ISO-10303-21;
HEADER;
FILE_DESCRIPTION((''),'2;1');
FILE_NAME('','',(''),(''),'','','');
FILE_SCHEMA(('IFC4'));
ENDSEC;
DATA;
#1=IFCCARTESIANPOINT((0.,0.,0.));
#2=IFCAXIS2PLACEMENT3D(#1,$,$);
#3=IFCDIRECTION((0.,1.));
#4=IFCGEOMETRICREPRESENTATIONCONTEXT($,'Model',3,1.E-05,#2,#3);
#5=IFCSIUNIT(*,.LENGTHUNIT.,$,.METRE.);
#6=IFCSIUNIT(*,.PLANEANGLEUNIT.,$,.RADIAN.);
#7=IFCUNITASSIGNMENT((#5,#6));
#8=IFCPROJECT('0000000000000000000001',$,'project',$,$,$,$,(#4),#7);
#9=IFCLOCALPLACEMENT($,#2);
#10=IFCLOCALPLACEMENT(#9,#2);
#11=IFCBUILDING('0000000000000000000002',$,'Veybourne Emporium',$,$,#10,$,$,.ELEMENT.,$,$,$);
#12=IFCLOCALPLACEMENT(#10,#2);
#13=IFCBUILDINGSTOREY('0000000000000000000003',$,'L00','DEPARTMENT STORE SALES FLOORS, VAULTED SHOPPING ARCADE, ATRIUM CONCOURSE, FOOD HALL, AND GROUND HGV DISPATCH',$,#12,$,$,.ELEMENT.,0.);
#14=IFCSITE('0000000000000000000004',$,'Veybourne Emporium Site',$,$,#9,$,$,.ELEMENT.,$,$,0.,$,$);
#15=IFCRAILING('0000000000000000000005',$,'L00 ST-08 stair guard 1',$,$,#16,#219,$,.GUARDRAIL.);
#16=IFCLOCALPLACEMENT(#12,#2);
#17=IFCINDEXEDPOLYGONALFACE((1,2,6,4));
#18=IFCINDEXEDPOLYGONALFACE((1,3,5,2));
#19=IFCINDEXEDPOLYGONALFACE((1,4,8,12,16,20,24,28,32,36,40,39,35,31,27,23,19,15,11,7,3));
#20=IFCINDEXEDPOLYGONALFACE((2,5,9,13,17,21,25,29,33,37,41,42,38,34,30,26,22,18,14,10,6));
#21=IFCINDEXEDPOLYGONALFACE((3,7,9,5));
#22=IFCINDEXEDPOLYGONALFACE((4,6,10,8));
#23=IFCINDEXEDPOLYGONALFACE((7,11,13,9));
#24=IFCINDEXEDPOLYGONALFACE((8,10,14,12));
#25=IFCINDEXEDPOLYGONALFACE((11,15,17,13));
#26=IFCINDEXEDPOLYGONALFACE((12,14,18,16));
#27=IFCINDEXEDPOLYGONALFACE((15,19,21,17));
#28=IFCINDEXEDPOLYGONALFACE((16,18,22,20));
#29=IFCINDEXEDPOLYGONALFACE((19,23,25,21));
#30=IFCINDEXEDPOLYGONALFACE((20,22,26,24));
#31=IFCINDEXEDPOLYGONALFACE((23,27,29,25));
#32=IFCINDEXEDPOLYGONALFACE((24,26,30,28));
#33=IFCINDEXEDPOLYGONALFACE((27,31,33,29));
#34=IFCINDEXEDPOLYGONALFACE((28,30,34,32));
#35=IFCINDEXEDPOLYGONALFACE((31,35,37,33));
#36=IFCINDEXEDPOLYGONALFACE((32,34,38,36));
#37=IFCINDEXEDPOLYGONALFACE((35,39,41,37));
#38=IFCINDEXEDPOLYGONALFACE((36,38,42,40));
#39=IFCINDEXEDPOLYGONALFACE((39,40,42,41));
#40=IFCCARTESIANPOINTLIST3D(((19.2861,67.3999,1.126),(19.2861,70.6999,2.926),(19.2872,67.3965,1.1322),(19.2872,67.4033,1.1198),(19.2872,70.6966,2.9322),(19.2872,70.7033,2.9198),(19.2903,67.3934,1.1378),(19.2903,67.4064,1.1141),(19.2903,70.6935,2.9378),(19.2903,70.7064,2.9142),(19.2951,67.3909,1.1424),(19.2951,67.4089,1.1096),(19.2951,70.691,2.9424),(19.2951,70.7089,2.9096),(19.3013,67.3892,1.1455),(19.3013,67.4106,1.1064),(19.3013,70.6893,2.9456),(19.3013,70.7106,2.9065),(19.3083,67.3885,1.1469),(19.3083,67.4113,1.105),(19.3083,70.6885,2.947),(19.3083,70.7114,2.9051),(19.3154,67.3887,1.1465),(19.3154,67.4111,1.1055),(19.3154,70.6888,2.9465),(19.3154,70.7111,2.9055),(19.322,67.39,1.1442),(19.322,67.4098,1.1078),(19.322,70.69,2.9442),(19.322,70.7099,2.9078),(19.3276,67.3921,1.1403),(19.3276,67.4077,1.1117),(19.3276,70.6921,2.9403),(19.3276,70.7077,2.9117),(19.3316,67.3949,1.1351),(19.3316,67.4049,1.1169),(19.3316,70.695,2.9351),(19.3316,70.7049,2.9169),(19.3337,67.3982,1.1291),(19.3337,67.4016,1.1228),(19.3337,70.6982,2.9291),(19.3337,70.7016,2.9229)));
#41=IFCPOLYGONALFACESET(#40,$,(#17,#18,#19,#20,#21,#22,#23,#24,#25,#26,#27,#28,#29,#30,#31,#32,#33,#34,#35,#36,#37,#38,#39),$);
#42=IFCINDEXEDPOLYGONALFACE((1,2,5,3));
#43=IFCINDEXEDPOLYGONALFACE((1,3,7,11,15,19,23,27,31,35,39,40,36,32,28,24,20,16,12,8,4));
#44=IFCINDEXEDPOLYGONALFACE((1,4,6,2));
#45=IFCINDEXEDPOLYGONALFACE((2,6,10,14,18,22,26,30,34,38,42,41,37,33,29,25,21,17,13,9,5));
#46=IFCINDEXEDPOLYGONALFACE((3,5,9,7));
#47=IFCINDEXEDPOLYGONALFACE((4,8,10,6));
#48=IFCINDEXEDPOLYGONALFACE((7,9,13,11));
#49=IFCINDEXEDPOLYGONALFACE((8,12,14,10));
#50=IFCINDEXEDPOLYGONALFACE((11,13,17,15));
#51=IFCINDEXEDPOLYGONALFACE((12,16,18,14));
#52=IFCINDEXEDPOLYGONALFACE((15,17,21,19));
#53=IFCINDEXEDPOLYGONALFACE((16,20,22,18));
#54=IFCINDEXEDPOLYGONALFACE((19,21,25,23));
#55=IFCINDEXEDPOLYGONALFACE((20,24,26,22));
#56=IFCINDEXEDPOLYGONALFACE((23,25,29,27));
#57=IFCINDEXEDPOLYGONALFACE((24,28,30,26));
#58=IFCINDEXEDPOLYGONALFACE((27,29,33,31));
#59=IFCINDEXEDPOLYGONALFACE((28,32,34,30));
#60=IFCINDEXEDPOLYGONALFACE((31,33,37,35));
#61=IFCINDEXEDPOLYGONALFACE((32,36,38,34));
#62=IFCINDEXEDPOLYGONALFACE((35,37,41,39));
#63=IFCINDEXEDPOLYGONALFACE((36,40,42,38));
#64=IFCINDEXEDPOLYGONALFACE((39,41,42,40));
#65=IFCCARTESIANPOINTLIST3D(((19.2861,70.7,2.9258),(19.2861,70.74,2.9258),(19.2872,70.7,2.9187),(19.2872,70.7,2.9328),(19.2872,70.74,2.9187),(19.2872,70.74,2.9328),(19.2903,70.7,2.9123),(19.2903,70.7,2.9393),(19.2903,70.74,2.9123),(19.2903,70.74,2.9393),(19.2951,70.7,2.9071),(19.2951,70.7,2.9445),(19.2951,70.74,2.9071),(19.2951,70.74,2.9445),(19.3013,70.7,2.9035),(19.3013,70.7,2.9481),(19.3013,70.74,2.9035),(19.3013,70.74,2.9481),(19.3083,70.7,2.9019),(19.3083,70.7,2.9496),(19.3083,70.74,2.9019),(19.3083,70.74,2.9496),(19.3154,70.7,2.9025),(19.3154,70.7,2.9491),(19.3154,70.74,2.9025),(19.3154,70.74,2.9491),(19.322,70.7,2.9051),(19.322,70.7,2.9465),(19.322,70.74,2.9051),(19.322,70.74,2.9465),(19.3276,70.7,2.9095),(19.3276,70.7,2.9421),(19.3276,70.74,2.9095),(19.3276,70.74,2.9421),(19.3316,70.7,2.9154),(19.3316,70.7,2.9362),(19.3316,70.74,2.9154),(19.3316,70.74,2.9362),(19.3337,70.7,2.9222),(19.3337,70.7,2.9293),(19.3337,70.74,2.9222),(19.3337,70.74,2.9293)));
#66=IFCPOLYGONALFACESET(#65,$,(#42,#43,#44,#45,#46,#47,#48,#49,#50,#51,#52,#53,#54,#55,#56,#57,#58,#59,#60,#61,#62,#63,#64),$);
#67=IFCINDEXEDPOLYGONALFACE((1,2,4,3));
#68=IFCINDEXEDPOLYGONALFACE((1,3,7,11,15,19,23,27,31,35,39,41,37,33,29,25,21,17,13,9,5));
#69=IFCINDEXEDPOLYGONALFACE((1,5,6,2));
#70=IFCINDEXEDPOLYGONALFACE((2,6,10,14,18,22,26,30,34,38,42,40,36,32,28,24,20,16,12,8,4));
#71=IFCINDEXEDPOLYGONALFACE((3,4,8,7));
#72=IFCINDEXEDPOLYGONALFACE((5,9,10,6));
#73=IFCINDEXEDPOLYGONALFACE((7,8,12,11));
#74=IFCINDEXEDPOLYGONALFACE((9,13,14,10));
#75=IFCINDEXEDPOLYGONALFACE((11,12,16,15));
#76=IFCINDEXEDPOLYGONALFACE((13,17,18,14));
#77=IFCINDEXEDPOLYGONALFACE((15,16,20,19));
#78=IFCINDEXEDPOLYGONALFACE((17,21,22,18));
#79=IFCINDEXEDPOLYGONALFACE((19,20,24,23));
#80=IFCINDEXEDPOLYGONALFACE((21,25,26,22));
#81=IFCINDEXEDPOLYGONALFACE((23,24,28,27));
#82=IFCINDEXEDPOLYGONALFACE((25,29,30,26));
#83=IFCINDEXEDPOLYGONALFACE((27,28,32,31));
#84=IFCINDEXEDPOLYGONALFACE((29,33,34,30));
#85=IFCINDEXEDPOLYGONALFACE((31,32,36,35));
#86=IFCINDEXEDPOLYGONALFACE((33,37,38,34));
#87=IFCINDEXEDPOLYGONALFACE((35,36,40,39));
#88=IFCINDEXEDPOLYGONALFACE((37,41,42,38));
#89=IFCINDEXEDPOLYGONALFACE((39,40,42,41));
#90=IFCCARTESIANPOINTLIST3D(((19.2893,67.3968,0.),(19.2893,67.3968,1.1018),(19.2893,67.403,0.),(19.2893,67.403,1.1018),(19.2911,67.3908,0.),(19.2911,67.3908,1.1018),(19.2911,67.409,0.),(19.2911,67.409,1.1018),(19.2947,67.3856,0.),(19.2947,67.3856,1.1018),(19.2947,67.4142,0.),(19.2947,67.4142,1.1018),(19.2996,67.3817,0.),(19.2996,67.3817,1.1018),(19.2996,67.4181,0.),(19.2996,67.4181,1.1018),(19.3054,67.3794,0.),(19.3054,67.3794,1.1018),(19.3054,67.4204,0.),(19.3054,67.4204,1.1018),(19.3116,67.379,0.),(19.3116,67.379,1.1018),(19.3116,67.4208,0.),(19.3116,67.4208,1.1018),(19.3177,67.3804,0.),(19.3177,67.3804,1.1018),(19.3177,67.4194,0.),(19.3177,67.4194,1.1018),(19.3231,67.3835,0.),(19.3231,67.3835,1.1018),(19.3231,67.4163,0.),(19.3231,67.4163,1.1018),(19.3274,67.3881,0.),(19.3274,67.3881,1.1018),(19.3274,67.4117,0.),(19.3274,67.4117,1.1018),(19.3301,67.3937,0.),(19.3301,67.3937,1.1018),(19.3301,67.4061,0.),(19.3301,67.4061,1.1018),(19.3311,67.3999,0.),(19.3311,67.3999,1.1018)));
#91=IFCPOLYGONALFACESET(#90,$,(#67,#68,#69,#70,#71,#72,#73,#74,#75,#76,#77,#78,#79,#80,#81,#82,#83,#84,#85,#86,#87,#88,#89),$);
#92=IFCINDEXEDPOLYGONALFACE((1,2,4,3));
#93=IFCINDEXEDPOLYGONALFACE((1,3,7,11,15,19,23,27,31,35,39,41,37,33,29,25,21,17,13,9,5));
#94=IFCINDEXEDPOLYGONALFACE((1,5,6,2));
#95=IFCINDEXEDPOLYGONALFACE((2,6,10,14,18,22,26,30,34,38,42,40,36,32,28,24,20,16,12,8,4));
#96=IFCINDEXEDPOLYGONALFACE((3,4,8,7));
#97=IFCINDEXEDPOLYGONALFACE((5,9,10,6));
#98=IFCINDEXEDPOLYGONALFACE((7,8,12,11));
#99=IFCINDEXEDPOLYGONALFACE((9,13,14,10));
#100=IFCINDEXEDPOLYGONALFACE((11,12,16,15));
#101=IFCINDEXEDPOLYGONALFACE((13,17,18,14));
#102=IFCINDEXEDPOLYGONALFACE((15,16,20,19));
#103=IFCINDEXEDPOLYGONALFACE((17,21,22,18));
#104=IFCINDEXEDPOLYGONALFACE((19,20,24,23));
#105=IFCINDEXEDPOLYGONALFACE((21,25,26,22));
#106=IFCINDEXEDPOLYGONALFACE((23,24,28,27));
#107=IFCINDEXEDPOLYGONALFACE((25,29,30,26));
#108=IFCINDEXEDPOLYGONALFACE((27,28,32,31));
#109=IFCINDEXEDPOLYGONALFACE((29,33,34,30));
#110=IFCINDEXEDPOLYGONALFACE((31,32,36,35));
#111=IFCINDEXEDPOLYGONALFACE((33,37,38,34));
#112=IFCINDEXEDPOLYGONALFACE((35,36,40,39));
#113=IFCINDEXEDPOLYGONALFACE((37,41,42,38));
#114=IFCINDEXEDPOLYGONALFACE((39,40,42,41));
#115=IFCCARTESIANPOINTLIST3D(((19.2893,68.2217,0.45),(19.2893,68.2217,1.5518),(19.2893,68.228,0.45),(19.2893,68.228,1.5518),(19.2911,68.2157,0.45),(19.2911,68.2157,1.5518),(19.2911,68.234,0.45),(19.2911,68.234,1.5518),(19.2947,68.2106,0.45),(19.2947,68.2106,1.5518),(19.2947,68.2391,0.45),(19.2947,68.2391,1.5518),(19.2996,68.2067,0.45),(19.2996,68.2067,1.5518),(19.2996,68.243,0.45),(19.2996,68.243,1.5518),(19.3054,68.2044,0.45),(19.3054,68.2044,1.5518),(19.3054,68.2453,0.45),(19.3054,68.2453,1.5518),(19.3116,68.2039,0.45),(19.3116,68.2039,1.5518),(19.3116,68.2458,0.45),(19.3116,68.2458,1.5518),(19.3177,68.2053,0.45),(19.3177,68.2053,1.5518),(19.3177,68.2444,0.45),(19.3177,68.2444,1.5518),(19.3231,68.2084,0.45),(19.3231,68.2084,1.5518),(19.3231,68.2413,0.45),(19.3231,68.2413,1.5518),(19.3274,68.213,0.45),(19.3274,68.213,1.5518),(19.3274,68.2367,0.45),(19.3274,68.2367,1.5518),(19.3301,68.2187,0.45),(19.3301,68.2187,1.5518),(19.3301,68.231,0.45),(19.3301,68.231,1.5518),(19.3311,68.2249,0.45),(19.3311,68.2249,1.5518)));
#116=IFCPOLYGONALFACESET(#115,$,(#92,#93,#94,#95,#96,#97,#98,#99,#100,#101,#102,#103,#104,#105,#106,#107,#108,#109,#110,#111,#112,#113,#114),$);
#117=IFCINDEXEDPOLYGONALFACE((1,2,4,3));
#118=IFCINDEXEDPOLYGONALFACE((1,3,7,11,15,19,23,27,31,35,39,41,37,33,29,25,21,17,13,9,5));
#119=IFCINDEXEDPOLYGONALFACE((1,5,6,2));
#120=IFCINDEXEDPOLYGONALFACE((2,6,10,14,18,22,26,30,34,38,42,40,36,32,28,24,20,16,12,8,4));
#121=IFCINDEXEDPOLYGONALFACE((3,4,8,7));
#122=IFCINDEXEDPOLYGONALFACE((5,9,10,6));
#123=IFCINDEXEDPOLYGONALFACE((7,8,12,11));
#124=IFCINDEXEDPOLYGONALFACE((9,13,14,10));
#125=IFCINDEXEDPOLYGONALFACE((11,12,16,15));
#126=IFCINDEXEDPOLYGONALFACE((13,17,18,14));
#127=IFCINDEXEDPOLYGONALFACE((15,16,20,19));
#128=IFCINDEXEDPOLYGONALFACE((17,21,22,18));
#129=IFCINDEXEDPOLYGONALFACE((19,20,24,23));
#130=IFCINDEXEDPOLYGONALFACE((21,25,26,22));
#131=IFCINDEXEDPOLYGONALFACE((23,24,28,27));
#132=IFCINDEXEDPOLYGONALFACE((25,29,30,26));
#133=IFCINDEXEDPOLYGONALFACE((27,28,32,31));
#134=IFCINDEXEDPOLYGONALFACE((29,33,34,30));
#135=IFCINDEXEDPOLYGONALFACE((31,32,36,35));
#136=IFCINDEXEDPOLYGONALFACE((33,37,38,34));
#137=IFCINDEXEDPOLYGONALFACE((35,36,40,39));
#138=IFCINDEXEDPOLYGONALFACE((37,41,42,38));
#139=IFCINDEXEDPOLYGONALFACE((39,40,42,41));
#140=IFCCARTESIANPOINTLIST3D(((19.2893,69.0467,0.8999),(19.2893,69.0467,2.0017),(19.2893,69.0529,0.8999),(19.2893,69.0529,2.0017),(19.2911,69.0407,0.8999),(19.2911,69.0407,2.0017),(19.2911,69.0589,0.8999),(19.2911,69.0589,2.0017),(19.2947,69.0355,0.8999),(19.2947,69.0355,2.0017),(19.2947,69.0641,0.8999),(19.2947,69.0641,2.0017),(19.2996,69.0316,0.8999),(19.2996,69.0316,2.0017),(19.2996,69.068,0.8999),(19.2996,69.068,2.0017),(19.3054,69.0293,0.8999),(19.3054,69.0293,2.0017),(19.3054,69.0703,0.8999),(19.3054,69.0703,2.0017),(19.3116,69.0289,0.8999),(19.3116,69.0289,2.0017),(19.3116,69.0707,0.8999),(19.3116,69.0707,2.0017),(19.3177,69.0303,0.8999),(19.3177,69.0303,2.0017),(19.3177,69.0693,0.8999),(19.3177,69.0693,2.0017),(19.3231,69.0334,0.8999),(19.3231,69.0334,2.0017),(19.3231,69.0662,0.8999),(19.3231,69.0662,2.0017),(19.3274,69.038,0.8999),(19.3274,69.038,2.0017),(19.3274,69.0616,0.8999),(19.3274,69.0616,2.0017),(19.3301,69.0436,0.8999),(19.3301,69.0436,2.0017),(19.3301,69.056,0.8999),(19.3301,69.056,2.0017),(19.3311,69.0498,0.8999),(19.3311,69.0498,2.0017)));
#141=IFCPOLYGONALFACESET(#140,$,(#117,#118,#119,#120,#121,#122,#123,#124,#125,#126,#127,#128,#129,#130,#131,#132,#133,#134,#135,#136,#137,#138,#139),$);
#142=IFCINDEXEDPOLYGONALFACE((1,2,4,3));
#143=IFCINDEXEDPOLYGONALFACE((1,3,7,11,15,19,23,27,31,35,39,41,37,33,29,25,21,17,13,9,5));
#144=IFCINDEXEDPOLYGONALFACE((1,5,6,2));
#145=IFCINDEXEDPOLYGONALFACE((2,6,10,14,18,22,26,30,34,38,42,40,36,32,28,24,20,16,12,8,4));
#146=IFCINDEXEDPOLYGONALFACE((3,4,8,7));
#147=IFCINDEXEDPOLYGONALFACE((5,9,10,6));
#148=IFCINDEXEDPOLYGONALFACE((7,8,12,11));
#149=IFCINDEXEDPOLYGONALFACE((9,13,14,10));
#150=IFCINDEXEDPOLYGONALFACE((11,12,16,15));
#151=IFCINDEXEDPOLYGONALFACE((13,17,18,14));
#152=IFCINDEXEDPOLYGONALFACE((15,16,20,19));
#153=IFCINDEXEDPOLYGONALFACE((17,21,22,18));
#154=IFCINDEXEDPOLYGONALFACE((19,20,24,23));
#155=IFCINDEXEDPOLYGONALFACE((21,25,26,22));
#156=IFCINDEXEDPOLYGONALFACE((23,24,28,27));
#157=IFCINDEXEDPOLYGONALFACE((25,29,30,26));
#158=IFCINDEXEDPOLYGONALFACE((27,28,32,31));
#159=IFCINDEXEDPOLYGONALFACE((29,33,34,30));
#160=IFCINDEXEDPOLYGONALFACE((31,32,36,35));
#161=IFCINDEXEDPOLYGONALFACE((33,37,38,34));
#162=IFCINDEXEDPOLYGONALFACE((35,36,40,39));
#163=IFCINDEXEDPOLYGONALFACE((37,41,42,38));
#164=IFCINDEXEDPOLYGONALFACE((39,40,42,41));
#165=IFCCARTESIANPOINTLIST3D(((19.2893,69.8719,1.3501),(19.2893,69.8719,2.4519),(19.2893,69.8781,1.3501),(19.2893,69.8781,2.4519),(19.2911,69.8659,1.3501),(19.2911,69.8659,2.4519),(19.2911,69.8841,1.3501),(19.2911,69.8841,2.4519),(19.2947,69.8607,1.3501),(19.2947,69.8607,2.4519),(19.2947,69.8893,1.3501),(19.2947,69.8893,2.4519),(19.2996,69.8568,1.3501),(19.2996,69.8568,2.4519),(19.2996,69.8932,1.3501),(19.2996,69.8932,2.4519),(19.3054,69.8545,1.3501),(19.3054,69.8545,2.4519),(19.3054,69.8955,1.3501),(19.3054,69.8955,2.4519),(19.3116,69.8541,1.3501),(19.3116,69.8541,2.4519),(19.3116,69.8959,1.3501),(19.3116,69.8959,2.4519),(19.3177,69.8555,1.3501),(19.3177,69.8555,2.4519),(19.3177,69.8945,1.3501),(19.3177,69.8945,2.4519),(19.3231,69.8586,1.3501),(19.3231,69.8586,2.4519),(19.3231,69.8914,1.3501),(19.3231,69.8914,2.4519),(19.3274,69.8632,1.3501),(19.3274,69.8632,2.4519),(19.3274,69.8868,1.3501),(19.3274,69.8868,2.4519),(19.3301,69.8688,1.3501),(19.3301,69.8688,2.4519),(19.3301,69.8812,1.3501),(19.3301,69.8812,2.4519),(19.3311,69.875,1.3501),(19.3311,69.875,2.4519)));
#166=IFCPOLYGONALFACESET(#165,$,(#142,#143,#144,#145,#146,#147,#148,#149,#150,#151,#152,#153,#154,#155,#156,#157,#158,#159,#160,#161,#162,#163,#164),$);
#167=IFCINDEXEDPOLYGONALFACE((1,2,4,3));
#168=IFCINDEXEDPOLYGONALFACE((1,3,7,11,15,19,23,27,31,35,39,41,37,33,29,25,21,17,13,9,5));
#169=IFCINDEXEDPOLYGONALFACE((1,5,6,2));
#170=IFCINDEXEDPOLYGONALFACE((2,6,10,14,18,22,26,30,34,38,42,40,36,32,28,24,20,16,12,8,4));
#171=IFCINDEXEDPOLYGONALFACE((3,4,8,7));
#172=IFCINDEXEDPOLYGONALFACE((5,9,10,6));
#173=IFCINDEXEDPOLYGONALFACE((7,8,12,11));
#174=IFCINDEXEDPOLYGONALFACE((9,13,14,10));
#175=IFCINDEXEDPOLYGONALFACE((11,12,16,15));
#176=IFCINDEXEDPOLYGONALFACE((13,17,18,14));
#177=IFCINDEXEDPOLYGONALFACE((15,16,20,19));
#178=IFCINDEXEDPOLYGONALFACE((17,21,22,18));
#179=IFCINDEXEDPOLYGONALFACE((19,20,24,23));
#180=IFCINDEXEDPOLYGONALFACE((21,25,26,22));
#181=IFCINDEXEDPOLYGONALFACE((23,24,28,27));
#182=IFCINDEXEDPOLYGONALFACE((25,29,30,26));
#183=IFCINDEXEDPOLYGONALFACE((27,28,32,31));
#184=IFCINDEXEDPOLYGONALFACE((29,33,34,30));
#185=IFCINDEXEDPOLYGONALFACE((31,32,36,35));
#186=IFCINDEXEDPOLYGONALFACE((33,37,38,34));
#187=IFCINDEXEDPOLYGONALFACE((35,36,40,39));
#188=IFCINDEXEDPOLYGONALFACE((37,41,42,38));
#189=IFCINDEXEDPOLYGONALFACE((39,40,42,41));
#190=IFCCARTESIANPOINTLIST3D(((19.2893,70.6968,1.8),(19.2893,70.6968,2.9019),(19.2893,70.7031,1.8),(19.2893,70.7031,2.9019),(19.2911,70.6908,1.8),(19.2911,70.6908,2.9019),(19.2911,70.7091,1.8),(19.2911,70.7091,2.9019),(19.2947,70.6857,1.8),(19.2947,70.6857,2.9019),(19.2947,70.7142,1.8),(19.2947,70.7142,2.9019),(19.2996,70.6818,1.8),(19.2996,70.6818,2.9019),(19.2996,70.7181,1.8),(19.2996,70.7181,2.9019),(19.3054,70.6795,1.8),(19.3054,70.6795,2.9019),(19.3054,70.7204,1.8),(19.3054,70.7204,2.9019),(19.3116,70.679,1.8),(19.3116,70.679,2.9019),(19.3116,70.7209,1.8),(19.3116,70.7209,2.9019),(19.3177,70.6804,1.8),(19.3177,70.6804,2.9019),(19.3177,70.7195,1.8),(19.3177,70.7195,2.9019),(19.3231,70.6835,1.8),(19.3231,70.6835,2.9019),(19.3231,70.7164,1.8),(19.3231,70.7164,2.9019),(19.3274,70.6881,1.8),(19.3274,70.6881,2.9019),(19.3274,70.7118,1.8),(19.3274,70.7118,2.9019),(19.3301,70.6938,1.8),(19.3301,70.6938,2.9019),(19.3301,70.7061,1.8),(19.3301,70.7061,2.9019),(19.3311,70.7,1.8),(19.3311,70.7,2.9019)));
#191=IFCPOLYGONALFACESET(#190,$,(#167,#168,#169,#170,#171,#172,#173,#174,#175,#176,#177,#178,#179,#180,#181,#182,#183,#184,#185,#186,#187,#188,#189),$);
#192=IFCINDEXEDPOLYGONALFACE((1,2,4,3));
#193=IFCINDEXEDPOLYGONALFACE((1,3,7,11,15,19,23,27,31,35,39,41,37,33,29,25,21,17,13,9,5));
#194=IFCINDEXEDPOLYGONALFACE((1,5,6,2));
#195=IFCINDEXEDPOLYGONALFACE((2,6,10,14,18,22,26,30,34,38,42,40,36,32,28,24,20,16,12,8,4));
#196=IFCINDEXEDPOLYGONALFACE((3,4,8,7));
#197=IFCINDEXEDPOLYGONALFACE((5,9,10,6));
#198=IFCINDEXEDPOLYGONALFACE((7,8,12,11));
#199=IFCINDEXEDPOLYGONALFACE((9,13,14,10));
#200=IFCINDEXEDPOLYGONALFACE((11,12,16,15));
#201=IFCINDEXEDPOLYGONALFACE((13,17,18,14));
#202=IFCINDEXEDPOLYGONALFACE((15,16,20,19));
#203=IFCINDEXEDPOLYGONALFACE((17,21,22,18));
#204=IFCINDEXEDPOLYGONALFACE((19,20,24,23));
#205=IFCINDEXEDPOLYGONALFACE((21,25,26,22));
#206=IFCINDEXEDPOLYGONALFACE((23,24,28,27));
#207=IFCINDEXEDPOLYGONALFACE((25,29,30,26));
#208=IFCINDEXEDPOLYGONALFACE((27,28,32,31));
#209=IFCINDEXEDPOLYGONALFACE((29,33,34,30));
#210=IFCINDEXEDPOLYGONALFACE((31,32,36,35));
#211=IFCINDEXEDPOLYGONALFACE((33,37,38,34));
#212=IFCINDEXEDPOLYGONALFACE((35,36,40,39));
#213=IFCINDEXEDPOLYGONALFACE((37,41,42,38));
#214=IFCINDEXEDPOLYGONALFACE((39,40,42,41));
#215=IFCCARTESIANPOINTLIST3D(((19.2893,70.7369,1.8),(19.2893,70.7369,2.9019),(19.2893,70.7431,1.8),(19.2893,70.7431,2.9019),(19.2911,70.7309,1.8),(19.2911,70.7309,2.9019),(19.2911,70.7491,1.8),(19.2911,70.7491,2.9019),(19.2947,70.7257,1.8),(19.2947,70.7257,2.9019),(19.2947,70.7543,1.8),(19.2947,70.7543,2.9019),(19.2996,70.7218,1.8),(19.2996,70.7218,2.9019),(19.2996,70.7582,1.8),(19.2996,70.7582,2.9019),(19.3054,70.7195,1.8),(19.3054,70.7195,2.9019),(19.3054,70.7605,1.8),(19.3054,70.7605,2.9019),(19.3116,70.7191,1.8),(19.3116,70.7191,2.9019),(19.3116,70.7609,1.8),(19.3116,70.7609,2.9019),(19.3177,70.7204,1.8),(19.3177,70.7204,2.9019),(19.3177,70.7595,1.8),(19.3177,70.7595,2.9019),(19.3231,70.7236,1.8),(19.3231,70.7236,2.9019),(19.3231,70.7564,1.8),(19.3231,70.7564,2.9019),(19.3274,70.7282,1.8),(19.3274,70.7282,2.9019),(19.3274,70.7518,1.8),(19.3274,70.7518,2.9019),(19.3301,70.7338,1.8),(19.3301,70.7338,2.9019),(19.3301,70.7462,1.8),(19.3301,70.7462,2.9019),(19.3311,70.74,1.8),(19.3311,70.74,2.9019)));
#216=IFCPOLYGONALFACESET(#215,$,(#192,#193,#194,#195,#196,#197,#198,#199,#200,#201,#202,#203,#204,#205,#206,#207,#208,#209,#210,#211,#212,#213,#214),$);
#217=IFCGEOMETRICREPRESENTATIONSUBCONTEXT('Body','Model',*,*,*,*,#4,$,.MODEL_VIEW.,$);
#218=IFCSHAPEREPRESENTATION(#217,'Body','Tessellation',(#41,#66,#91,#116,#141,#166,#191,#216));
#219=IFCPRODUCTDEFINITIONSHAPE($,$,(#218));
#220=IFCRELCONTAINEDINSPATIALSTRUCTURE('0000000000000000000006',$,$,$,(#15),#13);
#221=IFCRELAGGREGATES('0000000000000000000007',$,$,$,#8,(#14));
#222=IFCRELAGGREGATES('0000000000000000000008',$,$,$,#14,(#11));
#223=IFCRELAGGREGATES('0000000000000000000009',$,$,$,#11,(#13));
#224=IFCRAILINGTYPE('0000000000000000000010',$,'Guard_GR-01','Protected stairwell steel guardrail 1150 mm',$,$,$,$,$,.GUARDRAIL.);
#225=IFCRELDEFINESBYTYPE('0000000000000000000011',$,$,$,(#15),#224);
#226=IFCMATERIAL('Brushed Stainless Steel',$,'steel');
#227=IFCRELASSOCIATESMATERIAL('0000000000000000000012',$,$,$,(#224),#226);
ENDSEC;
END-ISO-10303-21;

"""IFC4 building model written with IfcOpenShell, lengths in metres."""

from ifc_helpers import new_model, si_unit, direction, frame, origin, origin_2d, place, context, subcontext, project, spatial, circle, extrude, material, type_object, element, save


model = new_model("IFC4")

# Units and contexts
model_context = context("Model", 3, precision=1e-05, world=origin(), true_north=direction((0.0, 1.0)))
body_context = subcontext(model_context, "Body", "Model", "MODEL_VIEW")
ifc_project = project(units=[si_unit("LENGTHUNIT", "METRE"), si_unit("PLANEANGLEUNIT", "RADIAN")], contexts=[model_context])

# Site, building, storey
site_placement = place(None, origin())
site = spatial("IfcSite", under=ifc_project, at=site_placement, Name="Veybourne Emporium Site", CompositionType="ELEMENT", RefElevation=0.0)
building_placement = place(site_placement, origin())
building = spatial("IfcBuilding", under=site, at=building_placement, Name="Veybourne Emporium", CompositionType="ELEMENT")
storey_placement = place(building_placement, origin())
storey = spatial("IfcBuildingStorey", under=building, at=storey_placement, Name="L00", Description="DEPARTMENT STORE SALES FLOORS, VAULTED SHOPPING ARCADE, ATRIUM CONCOURSE, FOOD HALL, AND GROUND HGV DISPATCH", CompositionType="ELEMENT", Elevation=0.0)

# Railing
ifc_material_1 = material(Name="Brushed Stainless Steel", Category="steel")
railing_type_1 = type_object("IfcRailingType", Name="Guard_GR-01", Description="Protected stairwell steel guardrail 1150 mm", PredefinedType="GUARDRAIL", material=ifc_material_1)
railing_1_placement = place(storey_placement, frame((19.3101, 67.3999, 0.0)))
element("IfcRailing", 1, at=railing_1_placement, inside=storey, type_object=railing_type_1, Name="L00 ST-08 stair guard 1", PredefinedType="GUARDRAIL", context=body_context, shape_type="SweptSolid", body=[
    extrude(circle(Radius=0.0239, at=origin_2d()), frame((0.0, 0.0, 1.126), z_axis=(0.0, 0.877893, 0.478857), x_axis=(-1.0, 0.0, 0.0)), (0.0, 0.0, 1.0), 3.759),
    extrude(circle(Radius=0.0239, at=origin_2d()), frame((0.0, 3.3, 2.9258), z_axis=(0.0, 1.0, 0.0), x_axis=(-1.0, 0.0, 0.0)), (0.0, 0.0, 1.0), 0.04),
    extrude(circle(Radius=0.021, at=origin_2d()), origin(), (0.0, 0.0, 1.0), 1.1018),
    extrude(circle(Radius=0.021, at=origin_2d()), frame((0.0, 0.825, 0.45)), (0.0, 0.0, 1.0), 1.1018),
    extrude(circle(Radius=0.021, at=origin_2d()), frame((0.0, 1.6499, 0.8999)), (0.0, 0.0, 1.0), 1.1018),
    extrude(circle(Radius=0.021, at=origin_2d()), frame((0.0, 2.4751, 1.3501)), (0.0, 0.0, 1.0), 1.1018),
    extrude(circle(Radius=0.021, at=origin_2d()), frame((0.0, 3.3, 1.8)), (0.0, 0.0, 1.0), 1.1018),
    extrude(circle(Radius=0.021, at=origin_2d()), frame((0.0, 3.3401, 1.8)), (0.0, 0.0, 1.0), 1.1018),
])

save(model, "model.ifc")
